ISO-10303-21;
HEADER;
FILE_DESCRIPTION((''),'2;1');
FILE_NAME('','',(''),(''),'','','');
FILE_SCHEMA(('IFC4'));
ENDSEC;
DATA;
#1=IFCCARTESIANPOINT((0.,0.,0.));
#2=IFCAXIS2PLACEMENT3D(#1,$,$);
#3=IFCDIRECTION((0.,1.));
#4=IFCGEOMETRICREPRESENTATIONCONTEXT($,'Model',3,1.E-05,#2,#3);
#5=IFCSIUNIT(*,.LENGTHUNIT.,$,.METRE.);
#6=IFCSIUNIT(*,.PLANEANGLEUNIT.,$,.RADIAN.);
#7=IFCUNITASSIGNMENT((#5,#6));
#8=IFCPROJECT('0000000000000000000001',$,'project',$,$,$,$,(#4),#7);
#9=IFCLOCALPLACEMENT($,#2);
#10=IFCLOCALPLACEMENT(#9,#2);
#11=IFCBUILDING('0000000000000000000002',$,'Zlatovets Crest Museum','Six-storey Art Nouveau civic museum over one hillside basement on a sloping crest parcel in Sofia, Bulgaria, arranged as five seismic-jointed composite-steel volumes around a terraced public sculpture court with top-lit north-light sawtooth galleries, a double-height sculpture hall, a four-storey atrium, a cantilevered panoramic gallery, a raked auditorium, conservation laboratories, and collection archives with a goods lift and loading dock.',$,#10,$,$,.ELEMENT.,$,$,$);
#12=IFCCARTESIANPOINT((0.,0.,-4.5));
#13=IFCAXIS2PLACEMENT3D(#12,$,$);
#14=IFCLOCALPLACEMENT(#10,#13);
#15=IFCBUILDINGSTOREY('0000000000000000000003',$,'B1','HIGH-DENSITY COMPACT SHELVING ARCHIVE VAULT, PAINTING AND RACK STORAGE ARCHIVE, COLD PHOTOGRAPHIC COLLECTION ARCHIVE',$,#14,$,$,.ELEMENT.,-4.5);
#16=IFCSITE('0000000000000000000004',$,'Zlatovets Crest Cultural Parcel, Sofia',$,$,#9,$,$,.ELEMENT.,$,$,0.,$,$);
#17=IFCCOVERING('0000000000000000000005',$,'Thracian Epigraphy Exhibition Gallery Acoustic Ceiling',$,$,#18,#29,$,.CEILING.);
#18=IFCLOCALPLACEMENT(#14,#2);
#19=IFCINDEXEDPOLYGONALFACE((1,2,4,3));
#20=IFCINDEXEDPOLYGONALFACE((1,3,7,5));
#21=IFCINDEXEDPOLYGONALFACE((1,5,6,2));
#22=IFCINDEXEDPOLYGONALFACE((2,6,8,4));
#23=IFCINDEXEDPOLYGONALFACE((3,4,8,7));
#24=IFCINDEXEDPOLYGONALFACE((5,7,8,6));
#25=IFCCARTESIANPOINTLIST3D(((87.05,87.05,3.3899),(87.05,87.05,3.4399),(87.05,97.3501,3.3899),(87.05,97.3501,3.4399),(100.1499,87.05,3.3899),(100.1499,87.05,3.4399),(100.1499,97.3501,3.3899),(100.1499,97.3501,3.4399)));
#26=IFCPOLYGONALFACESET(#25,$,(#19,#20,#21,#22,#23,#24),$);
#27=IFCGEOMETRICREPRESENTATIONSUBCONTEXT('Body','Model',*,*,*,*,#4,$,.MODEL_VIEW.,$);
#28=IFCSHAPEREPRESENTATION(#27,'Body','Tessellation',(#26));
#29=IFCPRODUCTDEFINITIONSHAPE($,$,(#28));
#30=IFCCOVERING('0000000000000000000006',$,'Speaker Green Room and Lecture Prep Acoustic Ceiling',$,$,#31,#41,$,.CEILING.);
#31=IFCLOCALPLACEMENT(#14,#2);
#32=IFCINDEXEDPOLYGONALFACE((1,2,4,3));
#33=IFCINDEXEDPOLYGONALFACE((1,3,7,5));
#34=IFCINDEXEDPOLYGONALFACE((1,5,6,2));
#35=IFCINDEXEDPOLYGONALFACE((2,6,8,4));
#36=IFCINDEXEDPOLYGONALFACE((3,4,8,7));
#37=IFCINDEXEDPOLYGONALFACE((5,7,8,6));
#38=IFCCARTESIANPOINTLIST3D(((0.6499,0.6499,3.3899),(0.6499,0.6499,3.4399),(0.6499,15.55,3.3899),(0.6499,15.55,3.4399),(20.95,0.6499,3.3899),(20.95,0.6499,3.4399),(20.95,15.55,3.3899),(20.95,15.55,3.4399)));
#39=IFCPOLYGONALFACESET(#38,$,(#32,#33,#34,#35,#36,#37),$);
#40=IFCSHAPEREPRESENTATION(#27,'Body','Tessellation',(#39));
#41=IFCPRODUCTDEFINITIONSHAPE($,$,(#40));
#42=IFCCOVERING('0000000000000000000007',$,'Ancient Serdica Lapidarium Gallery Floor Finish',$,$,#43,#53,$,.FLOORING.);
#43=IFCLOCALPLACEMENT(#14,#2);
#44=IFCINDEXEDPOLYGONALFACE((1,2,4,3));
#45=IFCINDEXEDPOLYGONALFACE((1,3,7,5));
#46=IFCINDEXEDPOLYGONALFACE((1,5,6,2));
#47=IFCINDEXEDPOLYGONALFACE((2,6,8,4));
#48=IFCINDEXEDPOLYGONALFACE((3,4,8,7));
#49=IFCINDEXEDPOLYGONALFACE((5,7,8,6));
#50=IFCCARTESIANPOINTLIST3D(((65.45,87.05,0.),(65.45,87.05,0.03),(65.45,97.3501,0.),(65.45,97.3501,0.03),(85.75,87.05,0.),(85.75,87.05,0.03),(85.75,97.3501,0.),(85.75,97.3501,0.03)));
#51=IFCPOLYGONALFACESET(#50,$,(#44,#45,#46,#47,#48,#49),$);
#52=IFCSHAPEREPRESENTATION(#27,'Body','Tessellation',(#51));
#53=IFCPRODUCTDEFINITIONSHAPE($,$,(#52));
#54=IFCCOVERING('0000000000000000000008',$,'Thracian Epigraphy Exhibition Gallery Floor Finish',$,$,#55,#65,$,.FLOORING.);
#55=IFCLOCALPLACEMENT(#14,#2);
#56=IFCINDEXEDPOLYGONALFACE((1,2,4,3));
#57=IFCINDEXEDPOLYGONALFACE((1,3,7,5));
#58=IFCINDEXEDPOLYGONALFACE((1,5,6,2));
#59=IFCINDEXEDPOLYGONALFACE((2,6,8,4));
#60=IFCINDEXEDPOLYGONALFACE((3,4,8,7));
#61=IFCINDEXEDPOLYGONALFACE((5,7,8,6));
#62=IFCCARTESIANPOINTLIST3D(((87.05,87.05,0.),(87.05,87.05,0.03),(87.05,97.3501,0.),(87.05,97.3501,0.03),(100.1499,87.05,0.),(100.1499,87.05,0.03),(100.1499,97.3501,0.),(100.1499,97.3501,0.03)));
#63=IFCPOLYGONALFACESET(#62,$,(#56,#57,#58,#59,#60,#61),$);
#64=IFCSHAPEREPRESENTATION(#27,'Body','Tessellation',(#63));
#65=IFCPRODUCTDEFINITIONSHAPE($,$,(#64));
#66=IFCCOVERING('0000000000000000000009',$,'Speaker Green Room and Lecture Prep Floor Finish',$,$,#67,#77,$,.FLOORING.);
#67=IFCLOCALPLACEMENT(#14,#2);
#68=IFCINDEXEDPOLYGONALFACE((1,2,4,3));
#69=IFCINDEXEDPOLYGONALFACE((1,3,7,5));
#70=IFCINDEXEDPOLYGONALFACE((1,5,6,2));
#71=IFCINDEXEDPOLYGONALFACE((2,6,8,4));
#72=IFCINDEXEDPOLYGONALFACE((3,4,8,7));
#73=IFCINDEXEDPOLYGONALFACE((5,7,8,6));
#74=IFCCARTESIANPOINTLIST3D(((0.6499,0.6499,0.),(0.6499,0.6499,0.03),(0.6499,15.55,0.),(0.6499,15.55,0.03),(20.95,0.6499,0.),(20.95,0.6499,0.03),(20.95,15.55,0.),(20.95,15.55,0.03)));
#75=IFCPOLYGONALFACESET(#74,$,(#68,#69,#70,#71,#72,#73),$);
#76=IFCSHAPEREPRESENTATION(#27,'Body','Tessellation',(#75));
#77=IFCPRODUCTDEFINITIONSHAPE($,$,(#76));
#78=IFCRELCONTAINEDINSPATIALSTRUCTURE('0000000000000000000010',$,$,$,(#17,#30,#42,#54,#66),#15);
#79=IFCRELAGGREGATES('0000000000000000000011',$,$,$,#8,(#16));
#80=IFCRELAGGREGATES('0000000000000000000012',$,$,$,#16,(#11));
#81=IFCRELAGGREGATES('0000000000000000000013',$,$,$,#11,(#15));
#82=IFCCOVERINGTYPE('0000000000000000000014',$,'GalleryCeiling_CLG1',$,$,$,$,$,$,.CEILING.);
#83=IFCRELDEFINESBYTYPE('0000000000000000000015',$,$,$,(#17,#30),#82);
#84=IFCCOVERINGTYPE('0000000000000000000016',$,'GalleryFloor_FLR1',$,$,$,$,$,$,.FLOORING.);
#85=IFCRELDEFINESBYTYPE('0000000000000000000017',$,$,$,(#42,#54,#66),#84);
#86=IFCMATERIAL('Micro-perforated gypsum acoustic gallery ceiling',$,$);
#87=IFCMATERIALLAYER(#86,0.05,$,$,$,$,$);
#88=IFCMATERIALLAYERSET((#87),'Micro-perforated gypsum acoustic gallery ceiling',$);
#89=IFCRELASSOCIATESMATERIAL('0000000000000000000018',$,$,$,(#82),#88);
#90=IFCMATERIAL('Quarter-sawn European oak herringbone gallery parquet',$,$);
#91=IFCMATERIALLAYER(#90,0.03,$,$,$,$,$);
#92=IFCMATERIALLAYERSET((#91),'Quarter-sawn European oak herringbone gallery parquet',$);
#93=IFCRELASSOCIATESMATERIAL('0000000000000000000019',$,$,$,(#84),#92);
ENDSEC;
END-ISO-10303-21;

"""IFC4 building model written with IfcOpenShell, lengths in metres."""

from ifc_helpers import new_model, si_unit, direction, frame, origin, place, context, subcontext, project, spatial, polyline, outline, extrude, material, layer, layer_set, type_object, element, save


model = new_model("IFC4")

# Units and contexts
model_context = context("Model", 3, precision=1e-05, world=origin(), true_north=direction((0.0, 1.0)))
body_context = subcontext(model_context, "Body", "Model", "MODEL_VIEW")
ifc_project = project(units=[si_unit("LENGTHUNIT", "METRE"), si_unit("PLANEANGLEUNIT", "RADIAN")], contexts=[model_context])

# Site, building, storey
site_placement = place(None, origin())
site = spatial("IfcSite", under=ifc_project, at=site_placement, Name="Zlatovets Crest Cultural Parcel, Sofia", CompositionType="ELEMENT", RefElevation=0.0)
building_placement = place(site_placement, origin())
building = spatial("IfcBuilding", under=site, at=building_placement, Name="Zlatovets Crest Museum", Description="Six-storey Art Nouveau civic museum over one hillside basement on a sloping crest parcel in Sofia, Bulgaria, arranged as five seismic-jointed composite-steel volumes around a terraced public sculpture court with top-lit north-light sawtooth galleries, a double-height sculpture hall, a four-storey atrium, a cantilevered panoramic gallery, a raked auditorium, conservation laboratories, and collection archives with a goods lift and loading dock.", CompositionType="ELEMENT")
storey_placement = place(building_placement, frame((0.0, 0.0, -4.5)))
storey = spatial("IfcBuildingStorey", under=building, at=storey_placement, Name="B1", Description="HIGH-DENSITY COMPACT SHELVING ARCHIVE VAULT, PAINTING AND RACK STORAGE ARCHIVE, COLD PHOTOGRAPHIC COLLECTION ARCHIVE", CompositionType="ELEMENT", Elevation=-4.5)

# Coverings
ifc_material_1 = material(Name="Micro-perforated gypsum acoustic gallery ceiling")
ifc_layer_1 = layer(ifc_material_1, 0.05)
ifc_layer_set_1 = layer_set([ifc_layer_1], Name="Micro-perforated gypsum acoustic gallery ceiling")
covering_type_1 = type_object("IfcCoveringType", Name="GalleryCeiling_CLG1", PredefinedType="CEILING", material=ifc_layer_set_1)
covering_1_placement = place(storey_placement, frame((0.0, 0.0, 3.3899)))
element("IfcCovering", 1, at=covering_1_placement, inside=storey, type_object=covering_type_1, Name="Thracian Epigraphy Exhibition Gallery Acoustic Ceiling", PredefinedType="CEILING", context=body_context, shape_type="SweptSolid", body=[
    extrude(outline(polyline([(87.05, 87.05), (100.1499, 87.05), (100.1499, 97.3501), (87.05, 97.3501), (87.05, 87.05)])), origin(), (0.0, 0.0, 1.0), 0.05),
])
covering_2_placement = place(storey_placement, frame((0.0, 0.0, 3.3899)))
element("IfcCovering", 2, at=covering_2_placement, inside=storey, type_object=covering_type_1, Name="Speaker Green Room and Lecture Prep Acoustic Ceiling", PredefinedType="CEILING", context=body_context, shape_type="SweptSolid", body=[
    extrude(outline(polyline([(0.6499, 0.6499), (20.95, 0.6499), (20.95, 15.55), (0.6499, 15.55), (0.6499, 0.6499)])), origin(), (0.0, 0.0, 1.0), 0.05),
])
ifc_material_2 = material(Name="Quarter-sawn European oak herringbone gallery parquet")
ifc_layer_2 = layer(ifc_material_2, 0.03)
ifc_layer_set_2 = layer_set([ifc_layer_2], Name="Quarter-sawn European oak herringbone gallery parquet")
covering_type_2 = type_object("IfcCoveringType", Name="GalleryFloor_FLR1", PredefinedType="FLOORING", material=ifc_layer_set_2)
covering_3_placement = place(storey_placement, origin())
element("IfcCovering", 3, at=covering_3_placement, inside=storey, type_object=covering_type_2, Name="Ancient Serdica Lapidarium Gallery Floor Finish", PredefinedType="FLOORING", context=body_context, shape_type="SweptSolid", body=[
    extrude(outline(polyline([(65.45, 87.05), (85.75, 87.05), (85.75, 97.3501), (65.45, 97.3501), (65.45, 87.05)])), origin(), (0.0, 0.0, 1.0), 0.03),
])
covering_4_placement = place(storey_placement, origin())
element("IfcCovering", 4, at=covering_4_placement, inside=storey, type_object=covering_type_2, Name="Thracian Epigraphy Exhibition Gallery Floor Finish", PredefinedType="FLOORING", context=body_context, shape_type="SweptSolid", body=[
    extrude(outline(polyline([(87.05, 87.05), (100.1499, 87.05), (100.1499, 97.3501), (87.05, 97.3501), (87.05, 87.05)])), origin(), (0.0, 0.0, 1.0), 0.03),
])
covering_5_placement = place(storey_placement, origin())
element("IfcCovering", 5, at=covering_5_placement, inside=storey, type_object=covering_type_2, Name="Speaker Green Room and Lecture Prep Floor Finish", PredefinedType="FLOORING", context=body_context, shape_type="SweptSolid", body=[
    extrude(outline(polyline([(0.6499, 0.6499), (20.95, 0.6499), (20.95, 15.55), (0.6499, 15.55), (0.6499, 0.6499)])), origin(), (0.0, 0.0, 1.0), 0.03),
])

save(model, "model.ifc")
